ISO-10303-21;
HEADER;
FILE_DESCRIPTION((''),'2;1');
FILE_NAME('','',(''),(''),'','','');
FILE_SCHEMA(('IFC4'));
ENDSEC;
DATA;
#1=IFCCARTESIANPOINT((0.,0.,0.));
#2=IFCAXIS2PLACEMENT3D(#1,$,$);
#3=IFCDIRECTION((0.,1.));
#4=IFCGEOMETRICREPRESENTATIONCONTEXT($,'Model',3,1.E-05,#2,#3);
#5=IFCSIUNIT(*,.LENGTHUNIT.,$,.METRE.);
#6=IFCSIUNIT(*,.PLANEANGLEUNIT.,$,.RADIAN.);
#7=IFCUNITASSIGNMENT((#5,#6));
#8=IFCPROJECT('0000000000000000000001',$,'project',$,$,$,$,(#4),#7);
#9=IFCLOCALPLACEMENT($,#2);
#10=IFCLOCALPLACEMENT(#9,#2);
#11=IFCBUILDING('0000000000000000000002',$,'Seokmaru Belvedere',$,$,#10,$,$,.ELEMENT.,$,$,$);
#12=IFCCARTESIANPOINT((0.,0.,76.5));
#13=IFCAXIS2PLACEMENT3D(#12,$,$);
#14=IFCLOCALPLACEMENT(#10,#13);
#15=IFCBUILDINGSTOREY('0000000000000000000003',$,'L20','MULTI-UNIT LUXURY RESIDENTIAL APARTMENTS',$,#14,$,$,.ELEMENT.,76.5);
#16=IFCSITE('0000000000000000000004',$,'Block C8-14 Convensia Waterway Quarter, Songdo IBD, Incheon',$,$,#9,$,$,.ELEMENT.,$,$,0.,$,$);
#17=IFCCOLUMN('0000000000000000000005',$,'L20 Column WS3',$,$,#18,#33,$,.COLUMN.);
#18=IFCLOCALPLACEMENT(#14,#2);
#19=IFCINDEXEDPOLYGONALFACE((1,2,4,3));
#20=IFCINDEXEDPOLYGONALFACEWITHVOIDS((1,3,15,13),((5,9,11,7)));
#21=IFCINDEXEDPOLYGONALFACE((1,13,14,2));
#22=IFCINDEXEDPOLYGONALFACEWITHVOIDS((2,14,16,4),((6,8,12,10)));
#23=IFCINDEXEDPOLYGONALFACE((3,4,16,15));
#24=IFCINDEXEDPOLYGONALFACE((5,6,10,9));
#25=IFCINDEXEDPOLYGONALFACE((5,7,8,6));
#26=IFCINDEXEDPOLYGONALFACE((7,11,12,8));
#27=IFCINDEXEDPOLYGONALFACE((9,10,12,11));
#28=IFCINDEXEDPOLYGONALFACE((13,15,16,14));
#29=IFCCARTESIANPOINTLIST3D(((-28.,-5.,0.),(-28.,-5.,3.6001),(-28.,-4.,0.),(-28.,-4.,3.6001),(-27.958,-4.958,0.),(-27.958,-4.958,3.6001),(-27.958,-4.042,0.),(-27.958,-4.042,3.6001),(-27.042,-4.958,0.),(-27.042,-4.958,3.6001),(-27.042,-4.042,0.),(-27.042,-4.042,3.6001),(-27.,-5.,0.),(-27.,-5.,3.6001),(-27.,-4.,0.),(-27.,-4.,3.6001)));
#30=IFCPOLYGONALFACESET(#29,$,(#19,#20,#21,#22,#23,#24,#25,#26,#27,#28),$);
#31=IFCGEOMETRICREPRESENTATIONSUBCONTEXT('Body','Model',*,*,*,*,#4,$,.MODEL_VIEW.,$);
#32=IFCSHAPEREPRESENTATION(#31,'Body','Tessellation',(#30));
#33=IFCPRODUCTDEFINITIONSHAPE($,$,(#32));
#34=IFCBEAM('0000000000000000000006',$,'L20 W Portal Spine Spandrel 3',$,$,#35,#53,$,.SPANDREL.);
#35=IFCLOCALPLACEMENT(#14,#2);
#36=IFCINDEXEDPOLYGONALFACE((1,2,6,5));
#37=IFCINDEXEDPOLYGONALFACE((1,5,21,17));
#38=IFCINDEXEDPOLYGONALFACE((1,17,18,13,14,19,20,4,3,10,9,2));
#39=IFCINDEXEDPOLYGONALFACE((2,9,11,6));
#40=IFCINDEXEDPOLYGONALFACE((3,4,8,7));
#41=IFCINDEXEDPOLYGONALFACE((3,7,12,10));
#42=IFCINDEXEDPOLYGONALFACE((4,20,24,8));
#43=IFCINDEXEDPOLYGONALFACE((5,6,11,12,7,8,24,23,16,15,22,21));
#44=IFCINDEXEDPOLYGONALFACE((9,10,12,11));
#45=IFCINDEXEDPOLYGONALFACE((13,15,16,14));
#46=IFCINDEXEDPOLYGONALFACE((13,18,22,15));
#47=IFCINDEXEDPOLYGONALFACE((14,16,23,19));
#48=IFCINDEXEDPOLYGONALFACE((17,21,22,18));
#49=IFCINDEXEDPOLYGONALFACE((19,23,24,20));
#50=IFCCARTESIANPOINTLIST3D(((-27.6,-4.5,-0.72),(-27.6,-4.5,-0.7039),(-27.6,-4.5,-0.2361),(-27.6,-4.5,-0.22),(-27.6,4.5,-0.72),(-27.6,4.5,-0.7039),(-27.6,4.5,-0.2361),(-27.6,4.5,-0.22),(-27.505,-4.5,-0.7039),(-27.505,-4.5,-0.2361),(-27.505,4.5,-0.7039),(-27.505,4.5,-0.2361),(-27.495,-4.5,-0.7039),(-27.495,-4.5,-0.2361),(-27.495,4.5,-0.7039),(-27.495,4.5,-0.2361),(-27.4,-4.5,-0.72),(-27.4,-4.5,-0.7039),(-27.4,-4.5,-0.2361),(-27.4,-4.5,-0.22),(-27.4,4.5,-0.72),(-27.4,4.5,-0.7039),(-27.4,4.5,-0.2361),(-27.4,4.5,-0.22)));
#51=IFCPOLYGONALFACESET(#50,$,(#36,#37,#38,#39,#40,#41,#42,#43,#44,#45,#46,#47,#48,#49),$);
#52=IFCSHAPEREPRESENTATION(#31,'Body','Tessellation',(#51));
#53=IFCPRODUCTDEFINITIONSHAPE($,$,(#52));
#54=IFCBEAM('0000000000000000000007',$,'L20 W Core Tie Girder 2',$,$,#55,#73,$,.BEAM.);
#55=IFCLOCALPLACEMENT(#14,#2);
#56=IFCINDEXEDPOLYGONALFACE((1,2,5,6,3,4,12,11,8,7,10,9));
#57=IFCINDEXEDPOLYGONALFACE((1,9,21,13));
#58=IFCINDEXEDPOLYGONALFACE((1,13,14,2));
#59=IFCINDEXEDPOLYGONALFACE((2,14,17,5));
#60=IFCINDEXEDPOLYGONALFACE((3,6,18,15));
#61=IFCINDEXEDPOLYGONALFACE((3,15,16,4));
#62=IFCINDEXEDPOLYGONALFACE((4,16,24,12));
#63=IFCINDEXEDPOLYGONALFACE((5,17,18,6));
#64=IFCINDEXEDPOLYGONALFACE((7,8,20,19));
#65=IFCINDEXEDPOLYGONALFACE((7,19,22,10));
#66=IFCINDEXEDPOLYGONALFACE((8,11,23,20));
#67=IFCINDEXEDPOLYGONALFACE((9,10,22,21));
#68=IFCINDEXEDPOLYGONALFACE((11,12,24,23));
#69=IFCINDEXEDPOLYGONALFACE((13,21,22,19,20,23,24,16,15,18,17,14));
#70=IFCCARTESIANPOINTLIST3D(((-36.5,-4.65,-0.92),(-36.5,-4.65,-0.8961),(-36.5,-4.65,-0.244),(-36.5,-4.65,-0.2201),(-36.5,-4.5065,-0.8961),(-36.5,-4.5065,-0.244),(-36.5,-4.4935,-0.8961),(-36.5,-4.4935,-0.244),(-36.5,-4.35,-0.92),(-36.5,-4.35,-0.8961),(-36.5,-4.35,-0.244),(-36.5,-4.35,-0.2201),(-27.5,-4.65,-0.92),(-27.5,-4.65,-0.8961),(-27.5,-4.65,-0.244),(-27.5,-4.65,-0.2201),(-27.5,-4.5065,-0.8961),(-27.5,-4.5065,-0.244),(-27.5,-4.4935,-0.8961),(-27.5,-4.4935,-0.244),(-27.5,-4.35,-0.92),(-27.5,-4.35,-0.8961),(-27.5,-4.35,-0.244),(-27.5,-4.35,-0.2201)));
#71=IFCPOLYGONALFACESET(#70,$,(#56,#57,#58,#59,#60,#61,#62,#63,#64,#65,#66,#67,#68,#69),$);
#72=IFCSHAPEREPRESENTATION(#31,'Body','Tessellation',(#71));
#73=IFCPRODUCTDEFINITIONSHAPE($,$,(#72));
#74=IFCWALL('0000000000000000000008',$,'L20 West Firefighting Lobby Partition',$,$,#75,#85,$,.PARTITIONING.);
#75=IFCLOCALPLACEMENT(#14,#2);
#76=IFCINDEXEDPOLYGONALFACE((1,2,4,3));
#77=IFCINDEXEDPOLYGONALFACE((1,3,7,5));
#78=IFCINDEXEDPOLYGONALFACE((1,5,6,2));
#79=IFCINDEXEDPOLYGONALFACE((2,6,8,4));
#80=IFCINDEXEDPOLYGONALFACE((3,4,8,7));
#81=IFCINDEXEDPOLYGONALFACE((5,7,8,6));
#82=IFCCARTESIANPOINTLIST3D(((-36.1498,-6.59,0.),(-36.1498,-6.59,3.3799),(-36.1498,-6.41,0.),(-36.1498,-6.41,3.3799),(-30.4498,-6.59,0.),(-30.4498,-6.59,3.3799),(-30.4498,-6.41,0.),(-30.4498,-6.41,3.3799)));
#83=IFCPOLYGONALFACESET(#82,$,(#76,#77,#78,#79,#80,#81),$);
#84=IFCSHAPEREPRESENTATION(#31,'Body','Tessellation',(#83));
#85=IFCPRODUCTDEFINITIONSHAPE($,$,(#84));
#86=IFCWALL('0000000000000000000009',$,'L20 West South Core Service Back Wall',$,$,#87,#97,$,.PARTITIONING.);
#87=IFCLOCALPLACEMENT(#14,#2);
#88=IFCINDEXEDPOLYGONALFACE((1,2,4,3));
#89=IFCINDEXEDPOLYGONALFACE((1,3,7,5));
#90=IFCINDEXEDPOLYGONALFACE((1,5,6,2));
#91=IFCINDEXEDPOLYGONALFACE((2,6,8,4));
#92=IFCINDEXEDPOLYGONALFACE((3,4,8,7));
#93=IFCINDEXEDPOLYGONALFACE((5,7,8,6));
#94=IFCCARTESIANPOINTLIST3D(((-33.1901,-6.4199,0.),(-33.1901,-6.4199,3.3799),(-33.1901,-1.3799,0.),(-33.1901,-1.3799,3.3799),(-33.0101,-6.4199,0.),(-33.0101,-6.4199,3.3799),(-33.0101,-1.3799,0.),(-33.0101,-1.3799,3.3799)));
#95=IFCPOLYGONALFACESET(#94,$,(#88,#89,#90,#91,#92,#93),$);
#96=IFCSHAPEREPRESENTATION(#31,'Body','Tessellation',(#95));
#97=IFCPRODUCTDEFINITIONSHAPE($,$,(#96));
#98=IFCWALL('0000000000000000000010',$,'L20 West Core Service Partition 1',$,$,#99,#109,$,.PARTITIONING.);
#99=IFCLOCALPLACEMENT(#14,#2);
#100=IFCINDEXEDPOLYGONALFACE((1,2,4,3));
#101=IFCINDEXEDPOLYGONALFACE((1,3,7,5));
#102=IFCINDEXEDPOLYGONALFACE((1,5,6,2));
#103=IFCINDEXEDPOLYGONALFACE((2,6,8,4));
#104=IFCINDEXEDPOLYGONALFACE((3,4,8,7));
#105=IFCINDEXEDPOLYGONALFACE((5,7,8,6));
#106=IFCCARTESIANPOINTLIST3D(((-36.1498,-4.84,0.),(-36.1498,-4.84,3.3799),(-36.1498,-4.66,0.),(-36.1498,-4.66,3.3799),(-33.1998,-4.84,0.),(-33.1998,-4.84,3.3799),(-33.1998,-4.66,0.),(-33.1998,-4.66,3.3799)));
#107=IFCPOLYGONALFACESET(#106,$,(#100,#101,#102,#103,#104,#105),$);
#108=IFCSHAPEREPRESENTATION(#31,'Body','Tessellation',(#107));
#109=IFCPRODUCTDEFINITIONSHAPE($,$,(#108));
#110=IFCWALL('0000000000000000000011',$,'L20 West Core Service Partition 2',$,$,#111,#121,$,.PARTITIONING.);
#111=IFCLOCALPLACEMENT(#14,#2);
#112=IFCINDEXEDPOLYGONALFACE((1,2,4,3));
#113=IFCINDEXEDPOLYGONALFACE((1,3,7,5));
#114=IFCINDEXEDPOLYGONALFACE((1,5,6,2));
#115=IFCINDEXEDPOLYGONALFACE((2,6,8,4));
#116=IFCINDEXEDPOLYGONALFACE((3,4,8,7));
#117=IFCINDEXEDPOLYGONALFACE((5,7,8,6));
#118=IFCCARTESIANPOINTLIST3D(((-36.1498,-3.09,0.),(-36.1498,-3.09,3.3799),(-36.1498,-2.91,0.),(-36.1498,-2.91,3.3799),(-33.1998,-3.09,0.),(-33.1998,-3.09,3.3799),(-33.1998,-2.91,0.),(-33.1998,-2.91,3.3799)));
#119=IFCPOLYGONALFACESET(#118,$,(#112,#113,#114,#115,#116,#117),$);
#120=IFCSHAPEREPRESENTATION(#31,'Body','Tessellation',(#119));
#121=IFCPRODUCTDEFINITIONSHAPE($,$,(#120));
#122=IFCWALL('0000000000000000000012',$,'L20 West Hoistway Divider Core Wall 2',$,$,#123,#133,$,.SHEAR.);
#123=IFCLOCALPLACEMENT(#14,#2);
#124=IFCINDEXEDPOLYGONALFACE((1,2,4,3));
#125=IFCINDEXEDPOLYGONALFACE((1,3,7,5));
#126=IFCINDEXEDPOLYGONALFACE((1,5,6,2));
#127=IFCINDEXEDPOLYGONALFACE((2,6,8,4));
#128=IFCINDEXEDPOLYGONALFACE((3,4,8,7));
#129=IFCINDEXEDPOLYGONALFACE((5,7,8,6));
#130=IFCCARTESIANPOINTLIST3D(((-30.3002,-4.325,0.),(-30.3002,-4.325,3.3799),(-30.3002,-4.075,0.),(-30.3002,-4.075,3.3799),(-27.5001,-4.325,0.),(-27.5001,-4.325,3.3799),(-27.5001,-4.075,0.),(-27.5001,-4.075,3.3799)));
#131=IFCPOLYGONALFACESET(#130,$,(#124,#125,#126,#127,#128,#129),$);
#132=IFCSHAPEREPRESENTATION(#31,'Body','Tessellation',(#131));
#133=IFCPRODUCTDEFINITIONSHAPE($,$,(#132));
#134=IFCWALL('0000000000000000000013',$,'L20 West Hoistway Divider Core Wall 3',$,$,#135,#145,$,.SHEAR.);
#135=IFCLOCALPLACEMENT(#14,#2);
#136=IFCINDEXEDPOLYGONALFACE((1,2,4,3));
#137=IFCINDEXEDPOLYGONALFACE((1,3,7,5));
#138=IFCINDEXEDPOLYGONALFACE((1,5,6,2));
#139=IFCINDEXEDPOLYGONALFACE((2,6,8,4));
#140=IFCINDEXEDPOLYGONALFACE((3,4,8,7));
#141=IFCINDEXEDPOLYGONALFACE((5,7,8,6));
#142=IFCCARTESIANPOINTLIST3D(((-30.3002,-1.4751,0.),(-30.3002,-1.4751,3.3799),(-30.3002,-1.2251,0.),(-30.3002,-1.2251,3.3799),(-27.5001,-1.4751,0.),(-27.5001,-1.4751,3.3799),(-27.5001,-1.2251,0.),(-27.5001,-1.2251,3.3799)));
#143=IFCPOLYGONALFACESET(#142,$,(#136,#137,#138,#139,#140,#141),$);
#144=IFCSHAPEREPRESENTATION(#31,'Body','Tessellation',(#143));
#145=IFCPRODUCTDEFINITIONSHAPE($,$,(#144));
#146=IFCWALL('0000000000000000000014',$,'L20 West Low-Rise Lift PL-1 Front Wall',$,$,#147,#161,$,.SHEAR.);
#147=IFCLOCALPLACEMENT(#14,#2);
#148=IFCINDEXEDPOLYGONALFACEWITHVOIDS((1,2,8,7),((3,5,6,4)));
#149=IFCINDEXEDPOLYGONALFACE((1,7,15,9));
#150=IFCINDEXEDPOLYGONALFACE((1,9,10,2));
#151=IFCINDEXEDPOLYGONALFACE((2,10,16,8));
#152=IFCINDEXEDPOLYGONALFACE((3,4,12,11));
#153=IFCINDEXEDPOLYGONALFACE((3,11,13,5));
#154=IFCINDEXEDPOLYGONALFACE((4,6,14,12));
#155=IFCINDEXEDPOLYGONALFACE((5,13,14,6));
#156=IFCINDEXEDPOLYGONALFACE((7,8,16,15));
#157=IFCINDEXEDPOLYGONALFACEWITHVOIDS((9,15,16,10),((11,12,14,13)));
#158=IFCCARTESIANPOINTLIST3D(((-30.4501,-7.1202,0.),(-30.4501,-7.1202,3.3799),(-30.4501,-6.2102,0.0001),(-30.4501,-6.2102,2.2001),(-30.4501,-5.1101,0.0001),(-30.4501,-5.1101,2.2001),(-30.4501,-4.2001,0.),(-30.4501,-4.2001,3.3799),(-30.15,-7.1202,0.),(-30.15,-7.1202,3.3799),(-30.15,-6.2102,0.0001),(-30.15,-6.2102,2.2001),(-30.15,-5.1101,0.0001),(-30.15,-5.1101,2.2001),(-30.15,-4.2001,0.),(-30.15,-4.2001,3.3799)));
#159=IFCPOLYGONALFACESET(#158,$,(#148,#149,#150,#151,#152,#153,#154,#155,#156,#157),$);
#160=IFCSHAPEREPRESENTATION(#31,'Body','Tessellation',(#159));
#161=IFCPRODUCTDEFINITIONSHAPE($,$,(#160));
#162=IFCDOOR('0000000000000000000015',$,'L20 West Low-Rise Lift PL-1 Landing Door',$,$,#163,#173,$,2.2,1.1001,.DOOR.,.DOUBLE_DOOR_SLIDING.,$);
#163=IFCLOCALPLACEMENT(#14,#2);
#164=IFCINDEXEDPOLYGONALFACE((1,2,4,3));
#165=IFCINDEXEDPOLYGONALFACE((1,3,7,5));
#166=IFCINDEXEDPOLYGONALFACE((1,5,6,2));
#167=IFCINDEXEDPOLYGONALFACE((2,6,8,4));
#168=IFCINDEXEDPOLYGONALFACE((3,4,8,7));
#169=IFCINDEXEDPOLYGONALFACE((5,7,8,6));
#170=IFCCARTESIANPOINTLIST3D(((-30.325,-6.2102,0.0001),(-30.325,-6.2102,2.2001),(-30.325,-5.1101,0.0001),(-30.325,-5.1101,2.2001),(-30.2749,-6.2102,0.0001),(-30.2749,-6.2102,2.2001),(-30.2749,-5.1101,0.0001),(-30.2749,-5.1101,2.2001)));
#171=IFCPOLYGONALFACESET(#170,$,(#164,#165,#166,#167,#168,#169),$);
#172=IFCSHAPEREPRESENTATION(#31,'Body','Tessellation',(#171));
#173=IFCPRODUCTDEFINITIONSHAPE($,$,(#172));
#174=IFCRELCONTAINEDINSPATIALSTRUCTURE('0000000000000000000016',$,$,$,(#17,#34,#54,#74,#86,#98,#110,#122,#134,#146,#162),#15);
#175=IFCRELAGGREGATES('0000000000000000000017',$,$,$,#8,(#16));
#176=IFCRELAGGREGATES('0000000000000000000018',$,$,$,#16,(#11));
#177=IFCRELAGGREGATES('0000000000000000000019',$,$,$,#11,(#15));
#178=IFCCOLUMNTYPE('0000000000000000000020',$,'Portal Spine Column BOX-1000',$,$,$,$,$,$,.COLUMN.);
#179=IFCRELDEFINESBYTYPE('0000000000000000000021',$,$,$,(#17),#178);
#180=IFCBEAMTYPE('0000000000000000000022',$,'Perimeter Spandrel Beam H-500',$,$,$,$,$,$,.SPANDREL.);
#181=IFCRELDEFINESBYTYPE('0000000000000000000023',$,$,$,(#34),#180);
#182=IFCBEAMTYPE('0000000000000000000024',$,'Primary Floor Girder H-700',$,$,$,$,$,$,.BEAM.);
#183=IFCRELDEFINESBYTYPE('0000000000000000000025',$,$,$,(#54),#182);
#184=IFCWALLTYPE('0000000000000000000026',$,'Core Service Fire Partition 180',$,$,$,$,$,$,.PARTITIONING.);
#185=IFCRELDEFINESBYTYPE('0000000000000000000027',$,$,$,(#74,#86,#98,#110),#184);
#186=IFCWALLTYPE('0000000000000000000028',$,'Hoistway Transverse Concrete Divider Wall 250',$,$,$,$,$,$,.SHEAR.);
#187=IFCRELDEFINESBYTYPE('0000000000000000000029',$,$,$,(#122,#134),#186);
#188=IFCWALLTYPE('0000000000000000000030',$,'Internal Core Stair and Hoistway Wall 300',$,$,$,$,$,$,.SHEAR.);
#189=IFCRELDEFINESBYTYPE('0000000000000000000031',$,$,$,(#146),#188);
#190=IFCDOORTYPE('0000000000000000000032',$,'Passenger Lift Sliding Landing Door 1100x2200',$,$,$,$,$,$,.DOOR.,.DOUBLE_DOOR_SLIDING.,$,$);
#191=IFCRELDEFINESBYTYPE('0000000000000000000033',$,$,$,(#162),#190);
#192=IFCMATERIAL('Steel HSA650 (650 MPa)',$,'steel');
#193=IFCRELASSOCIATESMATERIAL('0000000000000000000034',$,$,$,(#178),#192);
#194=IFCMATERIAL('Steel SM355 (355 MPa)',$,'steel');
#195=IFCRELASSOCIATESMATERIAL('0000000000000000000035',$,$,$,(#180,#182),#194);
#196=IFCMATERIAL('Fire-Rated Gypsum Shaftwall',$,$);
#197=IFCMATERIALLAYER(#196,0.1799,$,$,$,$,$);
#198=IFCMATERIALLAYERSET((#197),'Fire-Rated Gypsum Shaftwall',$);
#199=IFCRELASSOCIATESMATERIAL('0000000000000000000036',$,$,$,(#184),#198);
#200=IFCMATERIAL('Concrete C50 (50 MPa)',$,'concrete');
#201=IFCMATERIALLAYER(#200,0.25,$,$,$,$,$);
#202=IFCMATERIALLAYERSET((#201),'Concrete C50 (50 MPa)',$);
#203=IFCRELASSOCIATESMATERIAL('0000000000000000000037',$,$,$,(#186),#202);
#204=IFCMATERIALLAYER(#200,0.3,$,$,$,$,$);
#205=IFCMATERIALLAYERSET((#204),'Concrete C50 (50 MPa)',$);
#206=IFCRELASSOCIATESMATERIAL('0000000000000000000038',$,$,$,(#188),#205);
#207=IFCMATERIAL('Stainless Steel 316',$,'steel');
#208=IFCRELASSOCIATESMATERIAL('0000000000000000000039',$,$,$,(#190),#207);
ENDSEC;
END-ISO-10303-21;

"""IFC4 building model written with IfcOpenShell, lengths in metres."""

from ifc_helpers import new_model, si_unit, direction, frame, frame_2d, origin, origin_2d, place, context, subcontext, project, spatial, rectangle, hollow_rectangle, i_section, extrude, source, transform, mapped, material, layer, layer_set, material_profile, profile_set, type_object, type_shapes, element, fill, save


model = new_model("IFC4")

# Units and contexts
model_context = context("Model", 3, precision=1e-05, world=origin(), true_north=direction((0.0, 1.0)))
body_context = subcontext(model_context, "Body", "Model", "MODEL_VIEW")
ifc_project = project(units=[si_unit("LENGTHUNIT", "METRE"), si_unit("PLANEANGLEUNIT", "RADIAN")], contexts=[model_context])

# Site, building, storey
site_placement = place(None, origin())
site = spatial("IfcSite", under=ifc_project, at=site_placement, Name="Block C8-14 Convensia Waterway Quarter, Songdo IBD, Incheon", CompositionType="ELEMENT", RefElevation=0.0)
building_placement = place(site_placement, origin())
building = spatial("IfcBuilding", under=site, at=building_placement, Name="Seokmaru Belvedere", CompositionType="ELEMENT")
storey_placement = place(building_placement, frame((0.0, 0.0, 76.5)))
storey = spatial("IfcBuildingStorey", under=building, at=storey_placement, Name="L20", Description="MULTI-UNIT LUXURY RESIDENTIAL APARTMENTS", CompositionType="ELEMENT", Elevation=76.5)

# Column
ifc_material_1 = material(Name="Steel HSA650 (650 MPa)", Category="steel")
ifc_material_profile_1 = material_profile(ifc_material_1, hollow_rectangle(XDim=1.0, YDim=1.0, WallThickness=0.042, at=origin_2d()), Name="BOX-1000x1000x42")
ifc_profile_set_1 = profile_set([ifc_material_profile_1], Name="Steel HSA650 (650 MPa)")
column_type = type_object("IfcColumnType", Name="Portal Spine Column BOX-1000", PredefinedType="COLUMN", material=ifc_profile_set_1)
shared_shape_1 = source(origin(), body_context, "Body", "SweptSolid", [
    extrude(hollow_rectangle(XDim=1.0, YDim=1.0, WallThickness=0.042, at=origin_2d()), origin(), (0.0, 0.0, 1.0), 3.6001),
])
type_shapes(column_type, [shared_shape_1])
column_placement = place(storey_placement, frame((-27.5, -4.5, 0.0), z_axis=(0.0, 0.0, 1.0), x_axis=(1.0, 0.0, 0.0)))
element("IfcColumn", 1, at=column_placement, inside=storey, type_object=column_type, Name="L20 Column WS3", PredefinedType="COLUMN", context=body_context, shape_type="MappedRepresentation", body=[
    mapped(shared_shape_1, transform((0.0, 0.0, 0.0), scale=1.0)),
])

# Beams
ifc_material_2 = material(Name="Steel SM355 (355 MPa)", Category="steel")
ifc_material_profile_2 = material_profile(ifc_material_2, i_section(OverallWidth=0.2, OverallDepth=0.5, WebThickness=0.01, FlangeThickness=0.0161, at=origin_2d()), Name="H-500x200x10x16")
ifc_profile_set_2 = profile_set([ifc_material_profile_2], Name="Steel SM355 (355 MPa)")
beam_type_1 = type_object("IfcBeamType", Name="Perimeter Spandrel Beam H-500", PredefinedType="SPANDREL", material=ifc_profile_set_2)
shared_shape_2 = source(origin(), body_context, "Body", "SweptSolid", [
    extrude(i_section(OverallWidth=0.2, OverallDepth=0.5, WebThickness=0.01, FlangeThickness=0.0161, at=origin_2d()), origin(), (0.0, 0.0, 1.0), 9.0),
])
type_shapes(beam_type_1, [shared_shape_2])
beam_1_placement = place(storey_placement, frame((-27.5, -4.5, -0.47), z_axis=(0.0, 1.0, 0.0), x_axis=(-1.0, 0.0, 0.0)))
element("IfcBeam", 2, at=beam_1_placement, inside=storey, type_object=beam_type_1, Name="L20 W Portal Spine Spandrel 3", PredefinedType="SPANDREL", context=body_context, shape_type="MappedRepresentation", body=[
    mapped(shared_shape_2, transform((0.0, 0.0, 0.0), scale=1.0)),
])
ifc_material_profile_3 = material_profile(ifc_material_2, i_section(OverallWidth=0.3, OverallDepth=0.7, WebThickness=0.0129, FlangeThickness=0.0239, at=origin_2d()), Name="H-700x300x13x24")
ifc_profile_set_3 = profile_set([ifc_material_profile_3], Name="Steel SM355 (355 MPa)")
beam_type_2 = type_object("IfcBeamType", Name="Primary Floor Girder H-700", PredefinedType="BEAM", material=ifc_profile_set_3)
shared_shape_3 = source(origin(), body_context, "Body", "SweptSolid", [
    extrude(i_section(OverallWidth=0.3, OverallDepth=0.7, WebThickness=0.0129, FlangeThickness=0.0239, at=origin_2d()), origin(), (0.0, 0.0, 1.0), 9.0),
])
type_shapes(beam_type_2, [shared_shape_3])
beam_2_placement = place(storey_placement, frame((-36.5, -4.5, -0.5701), z_axis=(1.0, 0.0, 0.0), x_axis=(0.0, 1.0, 0.0)))
element("IfcBeam", 3, at=beam_2_placement, inside=storey, type_object=beam_type_2, Name="L20 W Core Tie Girder 2", PredefinedType="BEAM", context=body_context, shape_type="MappedRepresentation", body=[
    mapped(shared_shape_3, transform((0.0, 0.0, 0.0), scale=1.0)),
])

# Walls
ifc_material_3 = material(Name="Fire-Rated Gypsum Shaftwall")
ifc_layer_1 = layer(ifc_material_3, 0.1799)
ifc_layer_set_1 = layer_set([ifc_layer_1], Name="Fire-Rated Gypsum Shaftwall")
wall_type_1 = type_object("IfcWallType", Name="Core Service Fire Partition 180", PredefinedType="PARTITIONING", material=ifc_layer_set_1)
wall_1_placement = place(storey_placement, frame((-36.1499, -6.5, 0.0), z_axis=(0.0, 0.0, 1.0), x_axis=(1.0, 0.0, 0.0)))
element("IfcWall", 4, at=wall_1_placement, inside=storey, type_object=wall_type_1, Name="L20 West Firefighting Lobby Partition", PredefinedType="PARTITIONING", context=body_context, shape_type="SweptSolid", body=[
    extrude(rectangle(XDim=5.7, YDim=0.1799, at=frame_2d((2.8501, 0.0))), origin(), (0.0, 0.0, 1.0), 3.3799),
])
wall_2_placement = place(storey_placement, frame((-33.1001, -6.4199, 0.0), z_axis=(0.0, 0.0, 1.0), x_axis=(0.0, 1.0, 0.0)))
element("IfcWall", 5, at=wall_2_placement, inside=storey, type_object=wall_type_1, Name="L20 West South Core Service Back Wall", PredefinedType="PARTITIONING", context=body_context, shape_type="SweptSolid", body=[
    extrude(rectangle(XDim=5.04, YDim=0.1799, at=frame_2d((2.52, 0.0))), origin(), (0.0, 0.0, 1.0), 3.3799),
])
for number, where, z_axis, x_axis, name in (
    (6, (-36.1499, -4.75, 0.0), (0.0, 0.0, 1.0), (1.0, 0.0, 0.0), "L20 West Core Service Partition 1"),
    (7, (-36.1499, -3.0, 0.0), (0.0, 0.0, 1.0), (1.0, 0.0, 0.0), "L20 West Core Service Partition 2"),
):
    element("IfcWall", number, at=place(storey_placement, frame(where, z_axis=z_axis, x_axis=x_axis)), inside=storey, type_object=wall_type_1, Name=name, PredefinedType="PARTITIONING", context=body_context, shape_type="SweptSolid", body=[
        extrude(rectangle(XDim=2.95, YDim=0.1799, at=frame_2d((1.4751, 0.0))), origin(), (0.0, 0.0, 1.0), 3.3799),
    ])
ifc_material_4 = material(Name="Concrete C50 (50 MPa)", Category="concrete")
ifc_layer_2 = layer(ifc_material_4, 0.25)
ifc_layer_set_2 = layer_set([ifc_layer_2], Name="Concrete C50 (50 MPa)")
wall_type_2 = type_object("IfcWallType", Name="Hoistway Transverse Concrete Divider Wall 250", PredefinedType="SHEAR", material=ifc_layer_set_2)
for number, where, z_axis, x_axis, name in (
    (8, (-30.3, -4.2, 0.0), (0.0, 0.0, 1.0), (1.0, 0.0, 0.0), "L20 West Hoistway Divider Core Wall 2"),
    (9, (-30.3, -1.3501, 0.0), (0.0, 0.0, 1.0), (1.0, 0.0, 0.0), "L20 West Hoistway Divider Core Wall 3"),
):
    element("IfcWall", number, at=place(storey_placement, frame(where, z_axis=z_axis, x_axis=x_axis)), inside=storey, type_object=wall_type_2, Name=name, PredefinedType="SHEAR", context=body_context, shape_type="SweptSolid", body=[
        extrude(rectangle(XDim=2.8, YDim=0.25, at=frame_2d((1.3999, 0.0))), origin(), (0.0, 0.0, 1.0), 3.3799),
    ])

# Wall, opening, door
ifc_layer_3 = layer(ifc_material_4, 0.3)
ifc_layer_set_3 = layer_set([ifc_layer_3], Name="Concrete C50 (50 MPa)")
wall_type_3 = type_object("IfcWallType", Name="Internal Core Stair and Hoistway Wall 300", PredefinedType="SHEAR", material=ifc_layer_set_3)
wall_3_placement = place(storey_placement, frame((-30.3, -7.1201, 0.0), z_axis=(0.0, 0.0, 1.0), x_axis=(0.0, 1.0, 0.0)))
wall_3 = element("IfcWall", 10, at=wall_3_placement, inside=storey, type_object=wall_type_3, Name="L20 West Low-Rise Lift PL-1 Front Wall", PredefinedType="SHEAR", context=body_context, shape_type="SweptSolid", body=[
    extrude(rectangle(XDim=2.9202, YDim=0.3, at=frame_2d((1.46, 0.0))), origin(), (0.0, 0.0, 1.0), 3.3799),
])
opening_1_placement = place(wall_3_placement, frame((0.9099, 0.0, 0.0)))
opening_1 = element("IfcOpeningElement", 11, at=opening_1_placement, cuts=wall_3, PredefinedType="OPENING", context=body_context, shape_type="SweptSolid", body=[
    extrude(rectangle(XDim=1.1001, YDim=2.2, at=frame_2d((0.55, 1.1001))), frame((0.0, 0.1602, 0.0), z_axis=(0.0, -1.0, 0.0), x_axis=(1.0, 0.0, 0.0)), (0.0, 0.0, 1.0), 0.3201),
])
ifc_material_5 = material(Name="Stainless Steel 316", Category="steel")
door_type_1 = type_object("IfcDoorType", Name="Passenger Lift Sliding Landing Door 1100x2200", OperationType="DOUBLE_DOOR_SLIDING", PredefinedType="DOOR", material=ifc_material_5)
shared_shape_4 = source(origin(), body_context, "Body", "SweptSolid", [
    extrude(rectangle(XDim=1.1001, YDim=2.2, at=frame_2d((0.55, 1.1001))), frame((0.0, 0.0249, 0.0), z_axis=(0.0, -1.0, 0.0), x_axis=(1.0, 0.0, 0.0)), (0.0, 0.0, 1.0), 0.05),
])
type_shapes(door_type_1, [shared_shape_4])
door_1_placement = place(opening_1_placement, origin())
door_1 = element("IfcDoor", 12, at=door_1_placement, inside=storey, type_object=door_type_1, Name="L20 West Low-Rise Lift PL-1 Landing Door", OperationType="DOUBLE_DOOR_SLIDING", OverallHeight=2.2, OverallWidth=1.1001, PredefinedType="DOOR", context=body_context, shape_type="MappedRepresentation", body=[
    mapped(shared_shape_4, transform((0.0, 0.0, 0.0), scale=1.0)),
])
fill(opening_1, door_1)

save(model, "model.ifc")
